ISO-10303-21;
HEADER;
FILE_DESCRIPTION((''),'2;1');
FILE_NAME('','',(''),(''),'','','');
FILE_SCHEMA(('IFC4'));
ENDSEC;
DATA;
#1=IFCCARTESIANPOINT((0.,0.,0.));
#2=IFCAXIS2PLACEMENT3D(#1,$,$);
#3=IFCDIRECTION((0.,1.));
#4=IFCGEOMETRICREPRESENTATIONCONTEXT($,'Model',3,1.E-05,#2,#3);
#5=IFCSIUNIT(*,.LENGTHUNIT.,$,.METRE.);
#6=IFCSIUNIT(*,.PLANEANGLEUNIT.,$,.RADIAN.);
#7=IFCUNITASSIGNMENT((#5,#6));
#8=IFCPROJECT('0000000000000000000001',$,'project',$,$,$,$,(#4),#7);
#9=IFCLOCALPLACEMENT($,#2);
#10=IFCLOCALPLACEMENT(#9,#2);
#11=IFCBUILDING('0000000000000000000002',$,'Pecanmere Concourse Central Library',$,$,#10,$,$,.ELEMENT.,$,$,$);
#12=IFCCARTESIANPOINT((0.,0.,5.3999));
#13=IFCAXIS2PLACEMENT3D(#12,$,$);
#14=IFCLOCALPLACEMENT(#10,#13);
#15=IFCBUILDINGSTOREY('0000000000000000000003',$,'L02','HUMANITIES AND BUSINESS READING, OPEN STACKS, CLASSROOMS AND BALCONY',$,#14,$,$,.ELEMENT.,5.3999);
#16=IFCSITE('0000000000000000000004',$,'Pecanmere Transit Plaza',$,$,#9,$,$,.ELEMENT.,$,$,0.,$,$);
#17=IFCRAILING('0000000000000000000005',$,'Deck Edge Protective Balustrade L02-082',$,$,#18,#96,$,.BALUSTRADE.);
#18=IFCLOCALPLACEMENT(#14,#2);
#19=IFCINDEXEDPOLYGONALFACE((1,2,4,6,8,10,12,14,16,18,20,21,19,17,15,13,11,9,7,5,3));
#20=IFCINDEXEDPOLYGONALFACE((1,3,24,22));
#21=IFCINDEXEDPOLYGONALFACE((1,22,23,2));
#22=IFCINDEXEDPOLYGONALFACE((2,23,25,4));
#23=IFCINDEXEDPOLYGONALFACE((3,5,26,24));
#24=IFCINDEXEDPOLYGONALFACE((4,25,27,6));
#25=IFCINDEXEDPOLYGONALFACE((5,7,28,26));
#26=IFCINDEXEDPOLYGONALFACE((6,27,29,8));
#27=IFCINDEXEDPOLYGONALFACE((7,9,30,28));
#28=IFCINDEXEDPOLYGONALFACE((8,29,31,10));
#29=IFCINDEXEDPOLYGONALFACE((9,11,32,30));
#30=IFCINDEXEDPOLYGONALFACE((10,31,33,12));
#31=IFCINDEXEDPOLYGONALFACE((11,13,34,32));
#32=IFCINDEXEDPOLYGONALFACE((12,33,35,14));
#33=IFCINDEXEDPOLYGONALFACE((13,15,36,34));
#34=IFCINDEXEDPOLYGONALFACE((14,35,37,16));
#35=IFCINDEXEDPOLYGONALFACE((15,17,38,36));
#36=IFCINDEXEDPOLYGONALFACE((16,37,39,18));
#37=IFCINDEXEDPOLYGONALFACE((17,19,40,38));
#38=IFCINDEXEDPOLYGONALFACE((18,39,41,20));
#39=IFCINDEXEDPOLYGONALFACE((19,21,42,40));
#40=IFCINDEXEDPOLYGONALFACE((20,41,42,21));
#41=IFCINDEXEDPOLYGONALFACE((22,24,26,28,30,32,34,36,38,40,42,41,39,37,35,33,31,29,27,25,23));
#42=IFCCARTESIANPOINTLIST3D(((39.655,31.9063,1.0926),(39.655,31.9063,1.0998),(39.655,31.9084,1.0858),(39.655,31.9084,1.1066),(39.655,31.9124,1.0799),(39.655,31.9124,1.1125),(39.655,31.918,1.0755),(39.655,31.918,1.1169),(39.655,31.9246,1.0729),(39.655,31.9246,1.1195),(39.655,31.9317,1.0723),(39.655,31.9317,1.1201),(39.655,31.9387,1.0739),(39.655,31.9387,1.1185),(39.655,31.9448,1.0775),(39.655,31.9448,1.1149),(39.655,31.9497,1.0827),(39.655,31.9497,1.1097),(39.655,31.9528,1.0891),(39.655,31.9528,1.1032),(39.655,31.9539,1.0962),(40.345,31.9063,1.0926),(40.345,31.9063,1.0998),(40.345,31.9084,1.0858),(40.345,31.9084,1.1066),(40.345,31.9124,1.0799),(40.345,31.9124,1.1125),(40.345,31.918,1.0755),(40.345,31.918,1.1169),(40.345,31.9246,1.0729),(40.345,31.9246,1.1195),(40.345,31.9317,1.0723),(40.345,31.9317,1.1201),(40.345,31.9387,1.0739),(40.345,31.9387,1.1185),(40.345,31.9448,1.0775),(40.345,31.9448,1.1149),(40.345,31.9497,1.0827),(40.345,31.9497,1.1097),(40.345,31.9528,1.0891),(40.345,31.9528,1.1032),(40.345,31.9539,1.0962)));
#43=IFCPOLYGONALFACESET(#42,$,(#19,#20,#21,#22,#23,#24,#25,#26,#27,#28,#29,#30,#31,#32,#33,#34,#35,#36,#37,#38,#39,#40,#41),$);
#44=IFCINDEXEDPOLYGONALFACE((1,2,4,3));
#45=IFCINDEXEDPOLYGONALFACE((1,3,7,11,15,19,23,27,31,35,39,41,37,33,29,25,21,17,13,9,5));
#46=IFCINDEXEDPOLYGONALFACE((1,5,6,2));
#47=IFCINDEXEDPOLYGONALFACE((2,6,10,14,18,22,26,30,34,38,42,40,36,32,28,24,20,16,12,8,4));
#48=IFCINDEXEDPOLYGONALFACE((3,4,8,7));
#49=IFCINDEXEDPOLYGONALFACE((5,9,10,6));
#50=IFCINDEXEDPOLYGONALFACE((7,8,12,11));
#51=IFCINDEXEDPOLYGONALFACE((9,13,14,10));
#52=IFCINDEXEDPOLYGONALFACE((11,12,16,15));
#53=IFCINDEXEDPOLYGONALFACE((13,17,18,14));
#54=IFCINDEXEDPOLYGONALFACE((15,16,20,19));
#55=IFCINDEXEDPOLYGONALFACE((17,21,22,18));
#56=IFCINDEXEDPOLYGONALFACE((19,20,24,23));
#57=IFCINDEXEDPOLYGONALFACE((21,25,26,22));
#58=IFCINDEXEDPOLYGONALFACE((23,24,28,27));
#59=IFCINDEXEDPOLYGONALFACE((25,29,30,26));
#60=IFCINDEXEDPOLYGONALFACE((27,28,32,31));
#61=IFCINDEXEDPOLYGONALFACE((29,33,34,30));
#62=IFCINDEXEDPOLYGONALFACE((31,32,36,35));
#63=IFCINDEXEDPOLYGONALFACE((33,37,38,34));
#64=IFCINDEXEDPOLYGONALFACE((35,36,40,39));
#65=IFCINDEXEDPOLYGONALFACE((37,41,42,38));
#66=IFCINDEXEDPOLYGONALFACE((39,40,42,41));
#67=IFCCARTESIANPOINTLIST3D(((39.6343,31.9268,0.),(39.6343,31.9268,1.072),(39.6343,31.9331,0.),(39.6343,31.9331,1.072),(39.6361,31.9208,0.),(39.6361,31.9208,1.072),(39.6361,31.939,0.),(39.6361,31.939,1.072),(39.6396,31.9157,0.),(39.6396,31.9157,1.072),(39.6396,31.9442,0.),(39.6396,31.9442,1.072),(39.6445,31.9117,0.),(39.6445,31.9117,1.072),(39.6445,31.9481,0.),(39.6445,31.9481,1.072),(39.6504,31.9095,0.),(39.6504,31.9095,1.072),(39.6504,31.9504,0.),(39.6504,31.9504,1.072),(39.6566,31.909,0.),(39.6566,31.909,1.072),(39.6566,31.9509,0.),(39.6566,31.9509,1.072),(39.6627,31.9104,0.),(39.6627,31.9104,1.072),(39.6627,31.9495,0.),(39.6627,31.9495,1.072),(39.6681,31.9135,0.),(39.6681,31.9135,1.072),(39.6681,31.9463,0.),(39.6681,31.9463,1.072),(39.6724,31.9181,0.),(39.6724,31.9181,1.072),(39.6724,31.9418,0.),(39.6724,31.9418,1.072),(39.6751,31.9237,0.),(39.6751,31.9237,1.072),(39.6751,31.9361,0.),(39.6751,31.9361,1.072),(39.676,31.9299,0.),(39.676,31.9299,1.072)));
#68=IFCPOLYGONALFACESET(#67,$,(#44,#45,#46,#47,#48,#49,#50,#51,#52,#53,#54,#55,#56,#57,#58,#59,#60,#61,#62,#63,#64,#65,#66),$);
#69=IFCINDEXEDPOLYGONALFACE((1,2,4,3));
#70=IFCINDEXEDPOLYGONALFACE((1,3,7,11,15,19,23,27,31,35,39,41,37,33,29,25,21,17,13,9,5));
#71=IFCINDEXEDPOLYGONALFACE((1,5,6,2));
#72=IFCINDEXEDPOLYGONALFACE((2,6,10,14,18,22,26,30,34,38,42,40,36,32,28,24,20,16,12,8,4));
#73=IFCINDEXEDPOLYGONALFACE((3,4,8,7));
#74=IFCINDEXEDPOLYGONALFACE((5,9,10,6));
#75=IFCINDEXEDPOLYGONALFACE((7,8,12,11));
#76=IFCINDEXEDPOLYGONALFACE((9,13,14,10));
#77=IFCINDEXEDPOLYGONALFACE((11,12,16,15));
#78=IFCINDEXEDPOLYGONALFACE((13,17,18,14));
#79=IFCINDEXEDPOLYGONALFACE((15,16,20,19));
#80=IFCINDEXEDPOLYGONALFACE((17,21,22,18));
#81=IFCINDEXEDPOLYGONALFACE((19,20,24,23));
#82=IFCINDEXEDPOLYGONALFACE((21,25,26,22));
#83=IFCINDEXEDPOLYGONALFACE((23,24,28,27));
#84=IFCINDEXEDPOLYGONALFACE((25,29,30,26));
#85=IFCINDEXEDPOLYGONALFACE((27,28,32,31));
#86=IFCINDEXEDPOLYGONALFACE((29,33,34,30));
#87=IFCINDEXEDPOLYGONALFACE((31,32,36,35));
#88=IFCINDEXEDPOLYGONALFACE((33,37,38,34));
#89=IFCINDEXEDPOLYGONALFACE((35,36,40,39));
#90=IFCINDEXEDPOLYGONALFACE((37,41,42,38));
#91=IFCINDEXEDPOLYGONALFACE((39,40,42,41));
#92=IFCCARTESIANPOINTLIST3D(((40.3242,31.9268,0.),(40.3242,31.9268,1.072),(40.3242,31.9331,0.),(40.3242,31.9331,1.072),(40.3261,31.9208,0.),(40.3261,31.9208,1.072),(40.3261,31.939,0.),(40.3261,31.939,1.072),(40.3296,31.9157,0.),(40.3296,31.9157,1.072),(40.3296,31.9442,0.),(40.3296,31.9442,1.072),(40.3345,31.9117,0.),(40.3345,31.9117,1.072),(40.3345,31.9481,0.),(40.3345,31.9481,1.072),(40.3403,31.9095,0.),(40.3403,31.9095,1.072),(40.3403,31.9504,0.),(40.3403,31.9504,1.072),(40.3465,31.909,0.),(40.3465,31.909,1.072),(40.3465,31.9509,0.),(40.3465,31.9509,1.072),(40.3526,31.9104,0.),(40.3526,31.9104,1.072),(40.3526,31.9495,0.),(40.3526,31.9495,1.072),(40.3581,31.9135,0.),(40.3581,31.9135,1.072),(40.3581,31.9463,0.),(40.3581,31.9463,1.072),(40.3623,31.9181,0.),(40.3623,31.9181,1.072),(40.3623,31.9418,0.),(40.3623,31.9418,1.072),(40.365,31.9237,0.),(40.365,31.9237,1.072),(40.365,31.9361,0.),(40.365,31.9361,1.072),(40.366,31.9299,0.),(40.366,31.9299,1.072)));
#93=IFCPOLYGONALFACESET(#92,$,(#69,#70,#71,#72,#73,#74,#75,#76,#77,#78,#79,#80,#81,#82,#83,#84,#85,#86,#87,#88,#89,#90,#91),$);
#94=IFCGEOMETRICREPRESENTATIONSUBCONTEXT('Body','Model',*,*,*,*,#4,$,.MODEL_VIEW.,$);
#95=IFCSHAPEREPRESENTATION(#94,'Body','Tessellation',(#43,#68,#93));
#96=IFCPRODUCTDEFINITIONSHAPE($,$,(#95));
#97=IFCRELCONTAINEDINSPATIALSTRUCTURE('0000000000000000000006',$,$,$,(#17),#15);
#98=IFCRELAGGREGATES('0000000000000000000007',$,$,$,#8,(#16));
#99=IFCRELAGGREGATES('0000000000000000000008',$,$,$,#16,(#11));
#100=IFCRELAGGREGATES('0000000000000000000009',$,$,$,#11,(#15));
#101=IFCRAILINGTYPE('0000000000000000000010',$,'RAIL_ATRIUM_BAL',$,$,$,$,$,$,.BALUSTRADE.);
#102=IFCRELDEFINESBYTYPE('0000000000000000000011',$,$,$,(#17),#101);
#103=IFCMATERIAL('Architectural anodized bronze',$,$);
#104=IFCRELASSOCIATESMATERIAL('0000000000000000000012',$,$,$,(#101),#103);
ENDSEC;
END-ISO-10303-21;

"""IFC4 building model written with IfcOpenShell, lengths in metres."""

from ifc_helpers import new_model, si_unit, direction, frame, origin, origin_2d, place, context, subcontext, project, spatial, circle, extrude, material, type_object, element, save


model = new_model("IFC4")

# Units and contexts
model_context = context("Model", 3, precision=1e-05, world=origin(), true_north=direction((0.0, 1.0)))
body_context = subcontext(model_context, "Body", "Model", "MODEL_VIEW")
ifc_project = project(units=[si_unit("LENGTHUNIT", "METRE"), si_unit("PLANEANGLEUNIT", "RADIAN")], contexts=[model_context])

# Site, building, storey
site_placement = place(None, origin())
site = spatial("IfcSite", under=ifc_project, at=site_placement, Name="Pecanmere Transit Plaza", CompositionType="ELEMENT", RefElevation=0.0)
building_placement = place(site_placement, origin())
building = spatial("IfcBuilding", under=site, at=building_placement, Name="Pecanmere Concourse Central Library", CompositionType="ELEMENT")
storey_placement = place(building_placement, frame((0.0, 0.0, 5.3999)))
storey = spatial("IfcBuildingStorey", under=building, at=storey_placement, Name="L02", Description="HUMANITIES AND BUSINESS READING, OPEN STACKS, CLASSROOMS AND BALCONY", CompositionType="ELEMENT", Elevation=5.3999)

# Railing
ifc_material_1 = material(Name="Architectural anodized bronze")
railing_type = type_object("IfcRailingType", Name="RAIL_ATRIUM_BAL", PredefinedType="BALUSTRADE", material=ifc_material_1)
for number, where, name in (
    (1, (39.655, 31.9299, 0.0), "Deck Edge Protective Balustrade L02-082"),
):
    element("IfcRailing", number, at=place(storey_placement, frame(where)), inside=storey, type_object=railing_type, Name=name, PredefinedType="BALUSTRADE", context=body_context, shape_type="SweptSolid", body=[
        extrude(circle(Radius=0.0239, at=origin_2d()), frame((0.0, 0.0, 1.0962), z_axis=(1.0, 0.0, 0.0), x_axis=(0.0, 1.0, 0.0)), (0.0, 0.0, 1.0), 0.6899),
        extrude(circle(Radius=0.021, at=origin_2d()), origin(), (0.0, 0.0, 1.0), 1.072),
        extrude(circle(Radius=0.021, at=origin_2d()), frame((0.6899, 0.0, 0.0)), (0.0, 0.0, 1.0), 1.072),
    ])

save(model, "model.ifc")
